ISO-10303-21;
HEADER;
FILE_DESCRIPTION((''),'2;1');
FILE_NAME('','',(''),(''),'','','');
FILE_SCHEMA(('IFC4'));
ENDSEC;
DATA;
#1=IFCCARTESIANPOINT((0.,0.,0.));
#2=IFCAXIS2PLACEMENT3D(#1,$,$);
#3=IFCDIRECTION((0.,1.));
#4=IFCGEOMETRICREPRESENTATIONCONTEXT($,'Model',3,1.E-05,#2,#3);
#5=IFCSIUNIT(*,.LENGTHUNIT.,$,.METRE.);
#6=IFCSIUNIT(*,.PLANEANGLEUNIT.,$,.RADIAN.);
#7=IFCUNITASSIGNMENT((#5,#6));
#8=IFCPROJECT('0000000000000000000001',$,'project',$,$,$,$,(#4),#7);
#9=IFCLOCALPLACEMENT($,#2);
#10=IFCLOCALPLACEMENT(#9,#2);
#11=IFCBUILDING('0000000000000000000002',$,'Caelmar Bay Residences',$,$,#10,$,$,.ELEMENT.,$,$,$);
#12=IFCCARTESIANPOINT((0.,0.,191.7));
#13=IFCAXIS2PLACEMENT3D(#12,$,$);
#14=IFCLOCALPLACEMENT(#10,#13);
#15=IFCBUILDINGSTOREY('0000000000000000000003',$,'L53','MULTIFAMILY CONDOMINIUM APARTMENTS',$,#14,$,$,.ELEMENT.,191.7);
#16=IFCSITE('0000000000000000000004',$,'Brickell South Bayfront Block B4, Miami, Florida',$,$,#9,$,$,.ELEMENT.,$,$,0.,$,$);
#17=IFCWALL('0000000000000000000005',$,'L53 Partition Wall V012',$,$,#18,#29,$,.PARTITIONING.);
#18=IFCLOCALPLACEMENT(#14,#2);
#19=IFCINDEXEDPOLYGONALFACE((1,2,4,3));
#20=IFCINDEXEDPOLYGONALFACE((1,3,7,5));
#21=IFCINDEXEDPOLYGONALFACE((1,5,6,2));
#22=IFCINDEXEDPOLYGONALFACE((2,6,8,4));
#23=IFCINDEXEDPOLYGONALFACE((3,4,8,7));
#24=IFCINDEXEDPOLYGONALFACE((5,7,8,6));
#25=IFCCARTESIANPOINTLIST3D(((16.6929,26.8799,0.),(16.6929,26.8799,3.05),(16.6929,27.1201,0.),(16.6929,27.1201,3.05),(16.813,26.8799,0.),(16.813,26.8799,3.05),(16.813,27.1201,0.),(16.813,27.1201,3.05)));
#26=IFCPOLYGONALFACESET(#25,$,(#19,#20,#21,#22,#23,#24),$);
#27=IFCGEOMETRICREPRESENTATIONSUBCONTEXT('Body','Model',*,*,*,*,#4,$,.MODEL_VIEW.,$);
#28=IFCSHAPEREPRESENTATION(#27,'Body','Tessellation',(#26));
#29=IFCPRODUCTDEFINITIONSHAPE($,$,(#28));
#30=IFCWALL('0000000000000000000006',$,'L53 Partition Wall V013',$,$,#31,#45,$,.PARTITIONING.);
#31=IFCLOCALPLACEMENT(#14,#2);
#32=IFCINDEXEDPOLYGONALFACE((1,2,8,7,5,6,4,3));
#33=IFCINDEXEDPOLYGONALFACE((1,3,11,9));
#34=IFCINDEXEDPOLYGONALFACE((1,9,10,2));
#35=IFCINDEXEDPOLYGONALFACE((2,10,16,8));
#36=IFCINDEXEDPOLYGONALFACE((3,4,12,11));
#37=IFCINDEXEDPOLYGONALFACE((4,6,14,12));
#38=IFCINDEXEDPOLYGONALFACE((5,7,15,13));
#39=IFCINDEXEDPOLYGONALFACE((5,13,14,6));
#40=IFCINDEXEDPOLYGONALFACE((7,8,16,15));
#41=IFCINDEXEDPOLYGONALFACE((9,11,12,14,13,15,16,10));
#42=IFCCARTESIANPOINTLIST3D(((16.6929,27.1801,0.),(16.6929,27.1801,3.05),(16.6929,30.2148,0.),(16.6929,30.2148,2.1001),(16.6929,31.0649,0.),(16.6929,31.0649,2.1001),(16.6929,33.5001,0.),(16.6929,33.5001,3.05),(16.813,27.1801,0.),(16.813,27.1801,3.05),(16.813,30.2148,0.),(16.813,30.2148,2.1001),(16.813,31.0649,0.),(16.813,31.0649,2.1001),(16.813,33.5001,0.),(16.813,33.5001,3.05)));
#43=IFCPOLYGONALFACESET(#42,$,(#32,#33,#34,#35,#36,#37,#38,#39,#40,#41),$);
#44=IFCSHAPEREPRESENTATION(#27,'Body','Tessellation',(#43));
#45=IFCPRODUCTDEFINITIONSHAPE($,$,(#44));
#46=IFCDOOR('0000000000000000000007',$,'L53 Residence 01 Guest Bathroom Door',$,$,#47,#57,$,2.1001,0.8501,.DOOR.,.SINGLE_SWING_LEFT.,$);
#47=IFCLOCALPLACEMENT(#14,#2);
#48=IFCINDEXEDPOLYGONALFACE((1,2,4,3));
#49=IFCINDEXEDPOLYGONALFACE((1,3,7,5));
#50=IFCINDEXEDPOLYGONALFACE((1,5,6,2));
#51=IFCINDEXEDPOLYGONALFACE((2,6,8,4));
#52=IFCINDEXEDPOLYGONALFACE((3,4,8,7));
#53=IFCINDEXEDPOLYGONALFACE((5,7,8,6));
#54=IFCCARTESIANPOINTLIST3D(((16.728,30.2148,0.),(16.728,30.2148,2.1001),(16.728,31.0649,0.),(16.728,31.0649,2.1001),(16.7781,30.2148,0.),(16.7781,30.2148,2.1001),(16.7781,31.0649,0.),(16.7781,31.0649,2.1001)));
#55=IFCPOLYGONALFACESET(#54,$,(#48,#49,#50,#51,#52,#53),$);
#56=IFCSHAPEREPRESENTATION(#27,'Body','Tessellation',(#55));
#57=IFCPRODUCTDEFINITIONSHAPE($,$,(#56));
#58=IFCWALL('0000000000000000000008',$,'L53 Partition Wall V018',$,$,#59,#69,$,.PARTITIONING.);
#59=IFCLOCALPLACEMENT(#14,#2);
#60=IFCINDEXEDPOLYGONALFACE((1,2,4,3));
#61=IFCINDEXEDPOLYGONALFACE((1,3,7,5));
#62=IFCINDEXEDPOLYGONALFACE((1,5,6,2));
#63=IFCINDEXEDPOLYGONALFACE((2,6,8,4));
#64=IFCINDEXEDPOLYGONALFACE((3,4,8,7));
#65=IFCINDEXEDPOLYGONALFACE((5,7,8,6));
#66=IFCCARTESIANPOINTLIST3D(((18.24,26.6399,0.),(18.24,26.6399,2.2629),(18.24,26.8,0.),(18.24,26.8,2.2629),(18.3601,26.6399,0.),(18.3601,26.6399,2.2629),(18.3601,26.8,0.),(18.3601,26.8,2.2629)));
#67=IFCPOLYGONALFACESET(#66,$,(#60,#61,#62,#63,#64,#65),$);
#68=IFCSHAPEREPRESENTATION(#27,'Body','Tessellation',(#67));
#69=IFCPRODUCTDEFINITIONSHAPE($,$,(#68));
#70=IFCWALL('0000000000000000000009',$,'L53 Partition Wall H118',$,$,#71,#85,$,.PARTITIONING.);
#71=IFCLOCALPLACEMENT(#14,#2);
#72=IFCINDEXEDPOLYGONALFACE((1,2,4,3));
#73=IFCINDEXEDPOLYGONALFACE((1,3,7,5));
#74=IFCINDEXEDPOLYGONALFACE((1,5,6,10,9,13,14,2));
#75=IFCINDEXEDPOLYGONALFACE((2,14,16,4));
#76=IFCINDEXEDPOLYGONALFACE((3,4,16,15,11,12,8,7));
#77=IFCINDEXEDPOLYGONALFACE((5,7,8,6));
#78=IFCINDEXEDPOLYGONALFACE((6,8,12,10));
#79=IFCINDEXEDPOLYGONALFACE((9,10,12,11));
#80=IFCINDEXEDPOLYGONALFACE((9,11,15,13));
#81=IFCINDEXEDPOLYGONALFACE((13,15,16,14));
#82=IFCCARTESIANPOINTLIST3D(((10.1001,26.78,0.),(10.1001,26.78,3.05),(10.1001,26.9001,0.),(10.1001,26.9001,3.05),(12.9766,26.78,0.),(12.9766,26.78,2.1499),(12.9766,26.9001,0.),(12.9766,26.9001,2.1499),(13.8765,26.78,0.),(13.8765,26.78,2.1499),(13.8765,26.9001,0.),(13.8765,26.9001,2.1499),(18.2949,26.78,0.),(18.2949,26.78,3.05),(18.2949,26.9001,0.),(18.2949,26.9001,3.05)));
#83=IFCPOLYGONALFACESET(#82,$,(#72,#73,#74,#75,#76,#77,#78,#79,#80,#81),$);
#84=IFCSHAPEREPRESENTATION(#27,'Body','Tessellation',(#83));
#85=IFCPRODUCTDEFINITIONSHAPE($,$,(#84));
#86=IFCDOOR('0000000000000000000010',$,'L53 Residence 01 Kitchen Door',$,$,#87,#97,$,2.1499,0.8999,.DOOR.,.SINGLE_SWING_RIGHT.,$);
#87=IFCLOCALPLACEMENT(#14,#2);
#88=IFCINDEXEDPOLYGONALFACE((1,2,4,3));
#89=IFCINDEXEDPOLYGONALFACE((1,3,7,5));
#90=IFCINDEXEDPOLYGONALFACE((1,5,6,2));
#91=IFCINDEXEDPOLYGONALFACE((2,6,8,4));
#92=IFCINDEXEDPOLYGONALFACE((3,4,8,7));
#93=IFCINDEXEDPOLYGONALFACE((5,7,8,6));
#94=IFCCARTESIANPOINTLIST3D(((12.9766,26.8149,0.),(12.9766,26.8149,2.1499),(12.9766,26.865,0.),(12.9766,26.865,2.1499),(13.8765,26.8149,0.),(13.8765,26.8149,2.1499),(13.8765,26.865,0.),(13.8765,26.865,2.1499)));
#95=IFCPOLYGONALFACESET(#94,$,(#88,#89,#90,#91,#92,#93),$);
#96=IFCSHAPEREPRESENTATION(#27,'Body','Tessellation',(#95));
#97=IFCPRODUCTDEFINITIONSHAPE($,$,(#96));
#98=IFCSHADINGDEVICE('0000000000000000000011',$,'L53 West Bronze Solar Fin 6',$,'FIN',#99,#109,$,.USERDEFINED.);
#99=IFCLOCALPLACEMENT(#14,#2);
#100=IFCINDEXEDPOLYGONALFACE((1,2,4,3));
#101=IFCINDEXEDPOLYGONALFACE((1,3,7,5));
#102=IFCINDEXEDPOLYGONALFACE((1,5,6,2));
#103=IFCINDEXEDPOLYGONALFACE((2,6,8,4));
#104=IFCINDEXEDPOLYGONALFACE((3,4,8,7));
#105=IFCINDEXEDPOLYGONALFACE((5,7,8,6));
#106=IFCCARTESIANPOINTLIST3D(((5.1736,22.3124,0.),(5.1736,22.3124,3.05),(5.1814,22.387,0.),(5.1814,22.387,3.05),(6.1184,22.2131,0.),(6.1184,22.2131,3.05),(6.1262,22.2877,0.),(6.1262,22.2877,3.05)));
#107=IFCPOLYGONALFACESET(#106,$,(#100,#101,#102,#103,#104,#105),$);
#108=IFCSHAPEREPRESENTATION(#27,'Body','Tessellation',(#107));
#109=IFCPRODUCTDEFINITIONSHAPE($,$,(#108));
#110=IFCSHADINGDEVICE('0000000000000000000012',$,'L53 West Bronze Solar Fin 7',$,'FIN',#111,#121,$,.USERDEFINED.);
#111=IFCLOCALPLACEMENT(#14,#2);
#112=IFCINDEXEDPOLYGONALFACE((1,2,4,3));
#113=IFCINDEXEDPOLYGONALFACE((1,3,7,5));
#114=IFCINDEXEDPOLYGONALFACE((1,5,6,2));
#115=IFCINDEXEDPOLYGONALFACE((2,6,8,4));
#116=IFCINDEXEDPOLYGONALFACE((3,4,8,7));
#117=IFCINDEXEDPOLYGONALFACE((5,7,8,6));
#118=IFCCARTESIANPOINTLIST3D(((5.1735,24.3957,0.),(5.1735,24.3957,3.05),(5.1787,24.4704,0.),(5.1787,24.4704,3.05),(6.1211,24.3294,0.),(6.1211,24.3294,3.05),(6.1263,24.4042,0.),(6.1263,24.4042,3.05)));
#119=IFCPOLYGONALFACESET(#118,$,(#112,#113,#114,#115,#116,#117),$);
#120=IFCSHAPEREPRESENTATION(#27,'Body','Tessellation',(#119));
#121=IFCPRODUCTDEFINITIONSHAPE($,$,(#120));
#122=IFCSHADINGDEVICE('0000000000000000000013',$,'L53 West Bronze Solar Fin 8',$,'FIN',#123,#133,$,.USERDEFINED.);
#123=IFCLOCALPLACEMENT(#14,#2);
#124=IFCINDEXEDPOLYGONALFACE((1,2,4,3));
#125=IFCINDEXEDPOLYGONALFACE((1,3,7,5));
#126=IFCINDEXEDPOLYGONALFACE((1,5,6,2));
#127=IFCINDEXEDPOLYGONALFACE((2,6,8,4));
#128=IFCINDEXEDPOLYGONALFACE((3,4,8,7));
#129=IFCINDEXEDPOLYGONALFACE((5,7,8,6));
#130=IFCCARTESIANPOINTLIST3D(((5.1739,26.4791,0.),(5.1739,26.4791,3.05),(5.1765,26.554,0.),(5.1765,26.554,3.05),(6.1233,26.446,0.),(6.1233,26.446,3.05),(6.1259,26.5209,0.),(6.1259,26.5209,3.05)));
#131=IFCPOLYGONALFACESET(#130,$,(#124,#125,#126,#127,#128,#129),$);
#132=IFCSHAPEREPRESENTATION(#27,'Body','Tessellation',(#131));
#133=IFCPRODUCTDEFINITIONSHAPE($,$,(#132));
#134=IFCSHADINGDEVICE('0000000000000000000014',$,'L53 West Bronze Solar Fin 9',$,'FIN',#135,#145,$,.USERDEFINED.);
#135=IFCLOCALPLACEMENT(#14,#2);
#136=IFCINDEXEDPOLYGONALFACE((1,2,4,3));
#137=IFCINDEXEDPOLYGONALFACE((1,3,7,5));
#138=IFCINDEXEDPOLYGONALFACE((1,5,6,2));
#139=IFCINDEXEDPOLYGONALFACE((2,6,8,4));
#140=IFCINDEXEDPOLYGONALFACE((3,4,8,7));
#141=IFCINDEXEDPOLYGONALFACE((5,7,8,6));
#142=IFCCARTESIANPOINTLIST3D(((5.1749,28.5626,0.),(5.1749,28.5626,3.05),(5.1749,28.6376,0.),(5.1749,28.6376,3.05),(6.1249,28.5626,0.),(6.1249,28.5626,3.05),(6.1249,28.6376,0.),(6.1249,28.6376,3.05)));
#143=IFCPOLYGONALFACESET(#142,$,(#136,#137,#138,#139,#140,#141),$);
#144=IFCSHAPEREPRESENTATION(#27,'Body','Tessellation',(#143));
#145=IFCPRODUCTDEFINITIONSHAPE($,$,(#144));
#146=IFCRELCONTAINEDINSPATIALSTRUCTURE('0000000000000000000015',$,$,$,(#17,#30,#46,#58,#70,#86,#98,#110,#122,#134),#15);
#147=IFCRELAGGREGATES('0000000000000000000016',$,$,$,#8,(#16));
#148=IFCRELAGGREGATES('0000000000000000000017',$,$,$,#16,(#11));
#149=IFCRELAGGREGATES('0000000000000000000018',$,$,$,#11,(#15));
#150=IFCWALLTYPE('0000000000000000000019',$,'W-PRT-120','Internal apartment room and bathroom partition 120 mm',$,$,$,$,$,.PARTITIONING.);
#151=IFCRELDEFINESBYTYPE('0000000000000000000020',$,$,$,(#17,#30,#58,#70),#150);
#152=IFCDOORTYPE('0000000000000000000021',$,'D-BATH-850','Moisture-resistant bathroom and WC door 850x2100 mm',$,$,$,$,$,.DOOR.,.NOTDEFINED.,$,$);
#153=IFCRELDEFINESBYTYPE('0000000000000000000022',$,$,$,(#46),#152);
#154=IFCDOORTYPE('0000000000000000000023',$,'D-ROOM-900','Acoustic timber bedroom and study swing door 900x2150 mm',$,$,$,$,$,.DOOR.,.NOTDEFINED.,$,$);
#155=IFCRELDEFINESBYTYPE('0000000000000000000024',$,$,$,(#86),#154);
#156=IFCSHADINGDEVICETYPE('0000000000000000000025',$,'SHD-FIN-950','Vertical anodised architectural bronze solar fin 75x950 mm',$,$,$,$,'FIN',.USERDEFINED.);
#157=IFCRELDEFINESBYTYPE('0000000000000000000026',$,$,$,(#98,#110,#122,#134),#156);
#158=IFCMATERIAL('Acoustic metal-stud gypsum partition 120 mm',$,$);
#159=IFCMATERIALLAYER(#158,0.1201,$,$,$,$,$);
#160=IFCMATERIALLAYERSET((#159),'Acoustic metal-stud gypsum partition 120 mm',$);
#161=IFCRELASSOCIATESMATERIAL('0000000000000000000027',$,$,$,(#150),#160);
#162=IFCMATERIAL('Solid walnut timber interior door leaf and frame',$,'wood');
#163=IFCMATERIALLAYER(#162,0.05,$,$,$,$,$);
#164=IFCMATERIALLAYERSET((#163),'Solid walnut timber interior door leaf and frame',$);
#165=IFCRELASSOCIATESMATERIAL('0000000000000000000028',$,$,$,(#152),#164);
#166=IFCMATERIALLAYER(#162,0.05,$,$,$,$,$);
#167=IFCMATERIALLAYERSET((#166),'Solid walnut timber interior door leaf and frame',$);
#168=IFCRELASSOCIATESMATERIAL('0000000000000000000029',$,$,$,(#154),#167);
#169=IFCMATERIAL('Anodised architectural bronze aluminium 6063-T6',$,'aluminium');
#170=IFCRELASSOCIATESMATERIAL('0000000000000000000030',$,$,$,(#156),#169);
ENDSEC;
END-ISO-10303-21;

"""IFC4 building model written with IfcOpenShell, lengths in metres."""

from ifc_helpers import new_model, si_unit, direction, frame, frame_2d, origin, origin_2d, place, context, subcontext, project, spatial, rectangle, extrude, material, layer, layer_set, material_profile, profile_set, type_object, element, fill, save


model = new_model("IFC4")

# Units and contexts
model_context = context("Model", 3, precision=1e-05, world=origin(), true_north=direction((0.0, 1.0)))
body_context = subcontext(model_context, "Body", "Model", "MODEL_VIEW")
ifc_project = project(units=[si_unit("LENGTHUNIT", "METRE"), si_unit("PLANEANGLEUNIT", "RADIAN")], contexts=[model_context])

# Site, building, storey
site_placement = place(None, origin())
site = spatial("IfcSite", under=ifc_project, at=site_placement, Name="Brickell South Bayfront Block B4, Miami, Florida", CompositionType="ELEMENT", RefElevation=0.0)
building_placement = place(site_placement, origin())
building = spatial("IfcBuilding", under=site, at=building_placement, Name="Caelmar Bay Residences", CompositionType="ELEMENT")
storey_placement = place(building_placement, frame((0.0, 0.0, 191.7)))
storey = spatial("IfcBuildingStorey", under=building, at=storey_placement, Name="L53", Description="MULTIFAMILY CONDOMINIUM APARTMENTS", CompositionType="ELEMENT", Elevation=191.7)

# Wall
ifc_material_1 = material(Name="Acoustic metal-stud gypsum partition 120 mm")
ifc_layer_1 = layer(ifc_material_1, 0.1201)
ifc_layer_set_1 = layer_set([ifc_layer_1], Name="Acoustic metal-stud gypsum partition 120 mm")
wall_type_1 = type_object("IfcWallType", Name="W-PRT-120", Description="Internal apartment room and bathroom partition 120 mm", PredefinedType="PARTITIONING", material=ifc_layer_set_1)
wall_1_placement = place(storey_placement, frame((16.7529, 26.8799, 0.0), z_axis=(0.0, 0.0, 1.0), x_axis=(0.0, 1.0, 0.0)))
element("IfcWall", 1, at=wall_1_placement, inside=storey, type_object=wall_type_1, Name="L53 Partition Wall V012", PredefinedType="PARTITIONING", context=body_context, shape_type="SweptSolid", body=[
    extrude(rectangle(XDim=0.2402, YDim=0.1201, at=frame_2d((0.1201, 0.0))), origin(), (0.0, 0.0, 1.0), 3.05),
])

# Wall, opening, door
wall_2_placement = place(storey_placement, frame((16.7529, 27.1799, 0.0), z_axis=(0.0, 0.0, 1.0), x_axis=(0.0, 1.0, 0.0)))
wall_2 = element("IfcWall", 2, at=wall_2_placement, inside=storey, type_object=wall_type_1, Name="L53 Partition Wall V013", PredefinedType="PARTITIONING", context=body_context, shape_type="SweptSolid", body=[
    extrude(rectangle(XDim=6.3201, YDim=0.1201, at=frame_2d((3.1602, 0.0))), origin(), (0.0, 0.0, 1.0), 3.05),
])
opening_1_placement = place(wall_2_placement, frame((3.0349, 0.0, 0.0)))
opening_1 = element("IfcOpeningElement", 3, at=opening_1_placement, cuts=wall_2, PredefinedType="OPENING", context=body_context, shape_type="SweptSolid", body=[
    extrude(rectangle(XDim=0.8501, YDim=2.1001, at=frame_2d((0.425, 1.05))), frame((0.0, 0.0701, 0.0), z_axis=(0.0, -1.0, 0.0), x_axis=(1.0, 0.0, 0.0)), (0.0, 0.0, 1.0), 0.1401),
])
ifc_material_2 = material(Name="Solid walnut timber interior door leaf and frame", Category="wood")
ifc_layer_2 = layer(ifc_material_2, 0.05)
ifc_layer_set_2 = layer_set([ifc_layer_2], Name="Solid walnut timber interior door leaf and frame")
door_type_1 = type_object("IfcDoorType", Name="D-BATH-850", Description="Moisture-resistant bathroom and WC door 850x2100 mm", OperationType="NOTDEFINED", PredefinedType="DOOR", material=ifc_layer_set_2)
door_1_placement = place(opening_1_placement, origin())
door_1 = element("IfcDoor", 4, at=door_1_placement, inside=storey, type_object=door_type_1, Name="L53 Residence 01 Guest Bathroom Door", OperationType="SINGLE_SWING_LEFT", OverallHeight=2.1001, OverallWidth=0.8501, PredefinedType="DOOR", context=body_context, shape_type="SweptSolid", body=[
    extrude(rectangle(XDim=0.8501, YDim=2.1001, at=frame_2d((0.425, 1.05))), frame((0.0, 0.0249, 0.0), z_axis=(0.0, -1.0, 0.0), x_axis=(1.0, 0.0, 0.0)), (0.0, 0.0, 1.0), 0.05),
])
fill(opening_1, door_1)

# Wall
wall_3_placement = place(storey_placement, frame((18.3, 26.6399, 0.0), z_axis=(0.0, 0.0, 1.0), x_axis=(0.0, 1.0, 0.0)))
element("IfcWall", 5, at=wall_3_placement, inside=storey, type_object=wall_type_1, Name="L53 Partition Wall V018", PredefinedType="PARTITIONING", context=body_context, shape_type="SweptSolid", body=[
    extrude(rectangle(XDim=0.1602, YDim=0.1201, at=frame_2d((0.0801, 0.0))), origin(), (0.0, 0.0, 1.0), 2.2629),
])

# Wall, opening, door
wall_4_placement = place(storey_placement, frame((10.1001, 26.8401, 0.0), z_axis=(0.0, 0.0, 1.0), x_axis=(1.0, 0.0, 0.0)))
wall_4 = element("IfcWall", 6, at=wall_4_placement, inside=storey, type_object=wall_type_1, Name="L53 Partition Wall H118", PredefinedType="PARTITIONING", context=body_context, shape_type="SweptSolid", body=[
    extrude(rectangle(XDim=8.1948, YDim=0.1201, at=frame_2d((4.0974, 0.0))), origin(), (0.0, 0.0, 1.0), 3.05),
])
opening_2_placement = place(wall_4_placement, frame((2.8765, 0.0, 0.0)))
opening_2 = element("IfcOpeningElement", 7, at=opening_2_placement, cuts=wall_4, PredefinedType="OPENING", context=body_context, shape_type="SweptSolid", body=[
    extrude(rectangle(XDim=0.8999, YDim=2.1499, at=frame_2d((0.45, 1.075))), frame((0.0, 0.0701, 0.0), z_axis=(0.0, -1.0, 0.0), x_axis=(1.0, 0.0, 0.0)), (0.0, 0.0, 1.0), 0.1401),
])
ifc_layer_3 = layer(ifc_material_2, 0.05)
ifc_layer_set_3 = layer_set([ifc_layer_3], Name="Solid walnut timber interior door leaf and frame")
door_type_2 = type_object("IfcDoorType", Name="D-ROOM-900", Description="Acoustic timber bedroom and study swing door 900x2150 mm", OperationType="NOTDEFINED", PredefinedType="DOOR", material=ifc_layer_set_3)
door_2_placement = place(opening_2_placement, origin())
door_2 = element("IfcDoor", 8, at=door_2_placement, inside=storey, type_object=door_type_2, Name="L53 Residence 01 Kitchen Door", OperationType="SINGLE_SWING_RIGHT", OverallHeight=2.1499, OverallWidth=0.8999, PredefinedType="DOOR", context=body_context, shape_type="SweptSolid", body=[
    extrude(rectangle(XDim=0.8999, YDim=2.1499, at=frame_2d((0.45, 1.075))), frame((0.0, 0.0249, 0.0), z_axis=(0.0, -1.0, 0.0), x_axis=(1.0, 0.0, 0.0)), (0.0, 0.0, 1.0), 0.05),
])
fill(opening_2, door_2)

# Shading devices
ifc_material_3 = material(Name="Anodised architectural bronze aluminium 6063-T6", Category="aluminium")
ifc_material_profile_1 = material_profile(ifc_material_3, rectangle(XDim=0.075, YDim=0.95, at=origin_2d()), Name="BRONZE-FIN-75X950")
ifc_profile_set_1 = profile_set([ifc_material_profile_1], Name="Anodised architectural bronze aluminium 6063-T6")
shading_device_type = type_object("IfcShadingDeviceType", Name="SHD-FIN-950", Description="Vertical anodised architectural bronze solar fin 75x950 mm", ElementType="FIN", PredefinedType="USERDEFINED", material=ifc_profile_set_1)
for number, where, z_axis, x_axis, name in (
    (9, (5.6499, 22.3, 0.0), (0.0, 0.0, 1.0), (0.104528, 0.994522, 0.0), "L53 West Bronze Solar Fin 6"),
    (10, (5.6499, 24.3999, 0.0), (0.0, 0.0, 1.0), (0.069756, 0.997564, 0.0), "L53 West Bronze Solar Fin 7"),
    (11, (5.6499, 26.5, 0.0), (0.0, 0.0, 1.0), (0.034899, 0.999391, 0.0), "L53 West Bronze Solar Fin 8"),
    (12, (5.6499, 28.6001, 0.0), (0.0, 0.0, 1.0), (0.0, 1.0, 0.0), "L53 West Bronze Solar Fin 9"),
):
    element("IfcShadingDevice", number, at=place(storey_placement, frame(where, z_axis=z_axis, x_axis=x_axis)), inside=storey, type_object=shading_device_type, Name=name, ObjectType="FIN", PredefinedType="USERDEFINED", context=body_context, shape_type="SweptSolid", body=[
        extrude(rectangle(XDim=0.075, YDim=0.95, at=origin_2d()), origin(), (0.0, 0.0, 1.0), 3.05),
    ])

save(model, "model.ifc")
